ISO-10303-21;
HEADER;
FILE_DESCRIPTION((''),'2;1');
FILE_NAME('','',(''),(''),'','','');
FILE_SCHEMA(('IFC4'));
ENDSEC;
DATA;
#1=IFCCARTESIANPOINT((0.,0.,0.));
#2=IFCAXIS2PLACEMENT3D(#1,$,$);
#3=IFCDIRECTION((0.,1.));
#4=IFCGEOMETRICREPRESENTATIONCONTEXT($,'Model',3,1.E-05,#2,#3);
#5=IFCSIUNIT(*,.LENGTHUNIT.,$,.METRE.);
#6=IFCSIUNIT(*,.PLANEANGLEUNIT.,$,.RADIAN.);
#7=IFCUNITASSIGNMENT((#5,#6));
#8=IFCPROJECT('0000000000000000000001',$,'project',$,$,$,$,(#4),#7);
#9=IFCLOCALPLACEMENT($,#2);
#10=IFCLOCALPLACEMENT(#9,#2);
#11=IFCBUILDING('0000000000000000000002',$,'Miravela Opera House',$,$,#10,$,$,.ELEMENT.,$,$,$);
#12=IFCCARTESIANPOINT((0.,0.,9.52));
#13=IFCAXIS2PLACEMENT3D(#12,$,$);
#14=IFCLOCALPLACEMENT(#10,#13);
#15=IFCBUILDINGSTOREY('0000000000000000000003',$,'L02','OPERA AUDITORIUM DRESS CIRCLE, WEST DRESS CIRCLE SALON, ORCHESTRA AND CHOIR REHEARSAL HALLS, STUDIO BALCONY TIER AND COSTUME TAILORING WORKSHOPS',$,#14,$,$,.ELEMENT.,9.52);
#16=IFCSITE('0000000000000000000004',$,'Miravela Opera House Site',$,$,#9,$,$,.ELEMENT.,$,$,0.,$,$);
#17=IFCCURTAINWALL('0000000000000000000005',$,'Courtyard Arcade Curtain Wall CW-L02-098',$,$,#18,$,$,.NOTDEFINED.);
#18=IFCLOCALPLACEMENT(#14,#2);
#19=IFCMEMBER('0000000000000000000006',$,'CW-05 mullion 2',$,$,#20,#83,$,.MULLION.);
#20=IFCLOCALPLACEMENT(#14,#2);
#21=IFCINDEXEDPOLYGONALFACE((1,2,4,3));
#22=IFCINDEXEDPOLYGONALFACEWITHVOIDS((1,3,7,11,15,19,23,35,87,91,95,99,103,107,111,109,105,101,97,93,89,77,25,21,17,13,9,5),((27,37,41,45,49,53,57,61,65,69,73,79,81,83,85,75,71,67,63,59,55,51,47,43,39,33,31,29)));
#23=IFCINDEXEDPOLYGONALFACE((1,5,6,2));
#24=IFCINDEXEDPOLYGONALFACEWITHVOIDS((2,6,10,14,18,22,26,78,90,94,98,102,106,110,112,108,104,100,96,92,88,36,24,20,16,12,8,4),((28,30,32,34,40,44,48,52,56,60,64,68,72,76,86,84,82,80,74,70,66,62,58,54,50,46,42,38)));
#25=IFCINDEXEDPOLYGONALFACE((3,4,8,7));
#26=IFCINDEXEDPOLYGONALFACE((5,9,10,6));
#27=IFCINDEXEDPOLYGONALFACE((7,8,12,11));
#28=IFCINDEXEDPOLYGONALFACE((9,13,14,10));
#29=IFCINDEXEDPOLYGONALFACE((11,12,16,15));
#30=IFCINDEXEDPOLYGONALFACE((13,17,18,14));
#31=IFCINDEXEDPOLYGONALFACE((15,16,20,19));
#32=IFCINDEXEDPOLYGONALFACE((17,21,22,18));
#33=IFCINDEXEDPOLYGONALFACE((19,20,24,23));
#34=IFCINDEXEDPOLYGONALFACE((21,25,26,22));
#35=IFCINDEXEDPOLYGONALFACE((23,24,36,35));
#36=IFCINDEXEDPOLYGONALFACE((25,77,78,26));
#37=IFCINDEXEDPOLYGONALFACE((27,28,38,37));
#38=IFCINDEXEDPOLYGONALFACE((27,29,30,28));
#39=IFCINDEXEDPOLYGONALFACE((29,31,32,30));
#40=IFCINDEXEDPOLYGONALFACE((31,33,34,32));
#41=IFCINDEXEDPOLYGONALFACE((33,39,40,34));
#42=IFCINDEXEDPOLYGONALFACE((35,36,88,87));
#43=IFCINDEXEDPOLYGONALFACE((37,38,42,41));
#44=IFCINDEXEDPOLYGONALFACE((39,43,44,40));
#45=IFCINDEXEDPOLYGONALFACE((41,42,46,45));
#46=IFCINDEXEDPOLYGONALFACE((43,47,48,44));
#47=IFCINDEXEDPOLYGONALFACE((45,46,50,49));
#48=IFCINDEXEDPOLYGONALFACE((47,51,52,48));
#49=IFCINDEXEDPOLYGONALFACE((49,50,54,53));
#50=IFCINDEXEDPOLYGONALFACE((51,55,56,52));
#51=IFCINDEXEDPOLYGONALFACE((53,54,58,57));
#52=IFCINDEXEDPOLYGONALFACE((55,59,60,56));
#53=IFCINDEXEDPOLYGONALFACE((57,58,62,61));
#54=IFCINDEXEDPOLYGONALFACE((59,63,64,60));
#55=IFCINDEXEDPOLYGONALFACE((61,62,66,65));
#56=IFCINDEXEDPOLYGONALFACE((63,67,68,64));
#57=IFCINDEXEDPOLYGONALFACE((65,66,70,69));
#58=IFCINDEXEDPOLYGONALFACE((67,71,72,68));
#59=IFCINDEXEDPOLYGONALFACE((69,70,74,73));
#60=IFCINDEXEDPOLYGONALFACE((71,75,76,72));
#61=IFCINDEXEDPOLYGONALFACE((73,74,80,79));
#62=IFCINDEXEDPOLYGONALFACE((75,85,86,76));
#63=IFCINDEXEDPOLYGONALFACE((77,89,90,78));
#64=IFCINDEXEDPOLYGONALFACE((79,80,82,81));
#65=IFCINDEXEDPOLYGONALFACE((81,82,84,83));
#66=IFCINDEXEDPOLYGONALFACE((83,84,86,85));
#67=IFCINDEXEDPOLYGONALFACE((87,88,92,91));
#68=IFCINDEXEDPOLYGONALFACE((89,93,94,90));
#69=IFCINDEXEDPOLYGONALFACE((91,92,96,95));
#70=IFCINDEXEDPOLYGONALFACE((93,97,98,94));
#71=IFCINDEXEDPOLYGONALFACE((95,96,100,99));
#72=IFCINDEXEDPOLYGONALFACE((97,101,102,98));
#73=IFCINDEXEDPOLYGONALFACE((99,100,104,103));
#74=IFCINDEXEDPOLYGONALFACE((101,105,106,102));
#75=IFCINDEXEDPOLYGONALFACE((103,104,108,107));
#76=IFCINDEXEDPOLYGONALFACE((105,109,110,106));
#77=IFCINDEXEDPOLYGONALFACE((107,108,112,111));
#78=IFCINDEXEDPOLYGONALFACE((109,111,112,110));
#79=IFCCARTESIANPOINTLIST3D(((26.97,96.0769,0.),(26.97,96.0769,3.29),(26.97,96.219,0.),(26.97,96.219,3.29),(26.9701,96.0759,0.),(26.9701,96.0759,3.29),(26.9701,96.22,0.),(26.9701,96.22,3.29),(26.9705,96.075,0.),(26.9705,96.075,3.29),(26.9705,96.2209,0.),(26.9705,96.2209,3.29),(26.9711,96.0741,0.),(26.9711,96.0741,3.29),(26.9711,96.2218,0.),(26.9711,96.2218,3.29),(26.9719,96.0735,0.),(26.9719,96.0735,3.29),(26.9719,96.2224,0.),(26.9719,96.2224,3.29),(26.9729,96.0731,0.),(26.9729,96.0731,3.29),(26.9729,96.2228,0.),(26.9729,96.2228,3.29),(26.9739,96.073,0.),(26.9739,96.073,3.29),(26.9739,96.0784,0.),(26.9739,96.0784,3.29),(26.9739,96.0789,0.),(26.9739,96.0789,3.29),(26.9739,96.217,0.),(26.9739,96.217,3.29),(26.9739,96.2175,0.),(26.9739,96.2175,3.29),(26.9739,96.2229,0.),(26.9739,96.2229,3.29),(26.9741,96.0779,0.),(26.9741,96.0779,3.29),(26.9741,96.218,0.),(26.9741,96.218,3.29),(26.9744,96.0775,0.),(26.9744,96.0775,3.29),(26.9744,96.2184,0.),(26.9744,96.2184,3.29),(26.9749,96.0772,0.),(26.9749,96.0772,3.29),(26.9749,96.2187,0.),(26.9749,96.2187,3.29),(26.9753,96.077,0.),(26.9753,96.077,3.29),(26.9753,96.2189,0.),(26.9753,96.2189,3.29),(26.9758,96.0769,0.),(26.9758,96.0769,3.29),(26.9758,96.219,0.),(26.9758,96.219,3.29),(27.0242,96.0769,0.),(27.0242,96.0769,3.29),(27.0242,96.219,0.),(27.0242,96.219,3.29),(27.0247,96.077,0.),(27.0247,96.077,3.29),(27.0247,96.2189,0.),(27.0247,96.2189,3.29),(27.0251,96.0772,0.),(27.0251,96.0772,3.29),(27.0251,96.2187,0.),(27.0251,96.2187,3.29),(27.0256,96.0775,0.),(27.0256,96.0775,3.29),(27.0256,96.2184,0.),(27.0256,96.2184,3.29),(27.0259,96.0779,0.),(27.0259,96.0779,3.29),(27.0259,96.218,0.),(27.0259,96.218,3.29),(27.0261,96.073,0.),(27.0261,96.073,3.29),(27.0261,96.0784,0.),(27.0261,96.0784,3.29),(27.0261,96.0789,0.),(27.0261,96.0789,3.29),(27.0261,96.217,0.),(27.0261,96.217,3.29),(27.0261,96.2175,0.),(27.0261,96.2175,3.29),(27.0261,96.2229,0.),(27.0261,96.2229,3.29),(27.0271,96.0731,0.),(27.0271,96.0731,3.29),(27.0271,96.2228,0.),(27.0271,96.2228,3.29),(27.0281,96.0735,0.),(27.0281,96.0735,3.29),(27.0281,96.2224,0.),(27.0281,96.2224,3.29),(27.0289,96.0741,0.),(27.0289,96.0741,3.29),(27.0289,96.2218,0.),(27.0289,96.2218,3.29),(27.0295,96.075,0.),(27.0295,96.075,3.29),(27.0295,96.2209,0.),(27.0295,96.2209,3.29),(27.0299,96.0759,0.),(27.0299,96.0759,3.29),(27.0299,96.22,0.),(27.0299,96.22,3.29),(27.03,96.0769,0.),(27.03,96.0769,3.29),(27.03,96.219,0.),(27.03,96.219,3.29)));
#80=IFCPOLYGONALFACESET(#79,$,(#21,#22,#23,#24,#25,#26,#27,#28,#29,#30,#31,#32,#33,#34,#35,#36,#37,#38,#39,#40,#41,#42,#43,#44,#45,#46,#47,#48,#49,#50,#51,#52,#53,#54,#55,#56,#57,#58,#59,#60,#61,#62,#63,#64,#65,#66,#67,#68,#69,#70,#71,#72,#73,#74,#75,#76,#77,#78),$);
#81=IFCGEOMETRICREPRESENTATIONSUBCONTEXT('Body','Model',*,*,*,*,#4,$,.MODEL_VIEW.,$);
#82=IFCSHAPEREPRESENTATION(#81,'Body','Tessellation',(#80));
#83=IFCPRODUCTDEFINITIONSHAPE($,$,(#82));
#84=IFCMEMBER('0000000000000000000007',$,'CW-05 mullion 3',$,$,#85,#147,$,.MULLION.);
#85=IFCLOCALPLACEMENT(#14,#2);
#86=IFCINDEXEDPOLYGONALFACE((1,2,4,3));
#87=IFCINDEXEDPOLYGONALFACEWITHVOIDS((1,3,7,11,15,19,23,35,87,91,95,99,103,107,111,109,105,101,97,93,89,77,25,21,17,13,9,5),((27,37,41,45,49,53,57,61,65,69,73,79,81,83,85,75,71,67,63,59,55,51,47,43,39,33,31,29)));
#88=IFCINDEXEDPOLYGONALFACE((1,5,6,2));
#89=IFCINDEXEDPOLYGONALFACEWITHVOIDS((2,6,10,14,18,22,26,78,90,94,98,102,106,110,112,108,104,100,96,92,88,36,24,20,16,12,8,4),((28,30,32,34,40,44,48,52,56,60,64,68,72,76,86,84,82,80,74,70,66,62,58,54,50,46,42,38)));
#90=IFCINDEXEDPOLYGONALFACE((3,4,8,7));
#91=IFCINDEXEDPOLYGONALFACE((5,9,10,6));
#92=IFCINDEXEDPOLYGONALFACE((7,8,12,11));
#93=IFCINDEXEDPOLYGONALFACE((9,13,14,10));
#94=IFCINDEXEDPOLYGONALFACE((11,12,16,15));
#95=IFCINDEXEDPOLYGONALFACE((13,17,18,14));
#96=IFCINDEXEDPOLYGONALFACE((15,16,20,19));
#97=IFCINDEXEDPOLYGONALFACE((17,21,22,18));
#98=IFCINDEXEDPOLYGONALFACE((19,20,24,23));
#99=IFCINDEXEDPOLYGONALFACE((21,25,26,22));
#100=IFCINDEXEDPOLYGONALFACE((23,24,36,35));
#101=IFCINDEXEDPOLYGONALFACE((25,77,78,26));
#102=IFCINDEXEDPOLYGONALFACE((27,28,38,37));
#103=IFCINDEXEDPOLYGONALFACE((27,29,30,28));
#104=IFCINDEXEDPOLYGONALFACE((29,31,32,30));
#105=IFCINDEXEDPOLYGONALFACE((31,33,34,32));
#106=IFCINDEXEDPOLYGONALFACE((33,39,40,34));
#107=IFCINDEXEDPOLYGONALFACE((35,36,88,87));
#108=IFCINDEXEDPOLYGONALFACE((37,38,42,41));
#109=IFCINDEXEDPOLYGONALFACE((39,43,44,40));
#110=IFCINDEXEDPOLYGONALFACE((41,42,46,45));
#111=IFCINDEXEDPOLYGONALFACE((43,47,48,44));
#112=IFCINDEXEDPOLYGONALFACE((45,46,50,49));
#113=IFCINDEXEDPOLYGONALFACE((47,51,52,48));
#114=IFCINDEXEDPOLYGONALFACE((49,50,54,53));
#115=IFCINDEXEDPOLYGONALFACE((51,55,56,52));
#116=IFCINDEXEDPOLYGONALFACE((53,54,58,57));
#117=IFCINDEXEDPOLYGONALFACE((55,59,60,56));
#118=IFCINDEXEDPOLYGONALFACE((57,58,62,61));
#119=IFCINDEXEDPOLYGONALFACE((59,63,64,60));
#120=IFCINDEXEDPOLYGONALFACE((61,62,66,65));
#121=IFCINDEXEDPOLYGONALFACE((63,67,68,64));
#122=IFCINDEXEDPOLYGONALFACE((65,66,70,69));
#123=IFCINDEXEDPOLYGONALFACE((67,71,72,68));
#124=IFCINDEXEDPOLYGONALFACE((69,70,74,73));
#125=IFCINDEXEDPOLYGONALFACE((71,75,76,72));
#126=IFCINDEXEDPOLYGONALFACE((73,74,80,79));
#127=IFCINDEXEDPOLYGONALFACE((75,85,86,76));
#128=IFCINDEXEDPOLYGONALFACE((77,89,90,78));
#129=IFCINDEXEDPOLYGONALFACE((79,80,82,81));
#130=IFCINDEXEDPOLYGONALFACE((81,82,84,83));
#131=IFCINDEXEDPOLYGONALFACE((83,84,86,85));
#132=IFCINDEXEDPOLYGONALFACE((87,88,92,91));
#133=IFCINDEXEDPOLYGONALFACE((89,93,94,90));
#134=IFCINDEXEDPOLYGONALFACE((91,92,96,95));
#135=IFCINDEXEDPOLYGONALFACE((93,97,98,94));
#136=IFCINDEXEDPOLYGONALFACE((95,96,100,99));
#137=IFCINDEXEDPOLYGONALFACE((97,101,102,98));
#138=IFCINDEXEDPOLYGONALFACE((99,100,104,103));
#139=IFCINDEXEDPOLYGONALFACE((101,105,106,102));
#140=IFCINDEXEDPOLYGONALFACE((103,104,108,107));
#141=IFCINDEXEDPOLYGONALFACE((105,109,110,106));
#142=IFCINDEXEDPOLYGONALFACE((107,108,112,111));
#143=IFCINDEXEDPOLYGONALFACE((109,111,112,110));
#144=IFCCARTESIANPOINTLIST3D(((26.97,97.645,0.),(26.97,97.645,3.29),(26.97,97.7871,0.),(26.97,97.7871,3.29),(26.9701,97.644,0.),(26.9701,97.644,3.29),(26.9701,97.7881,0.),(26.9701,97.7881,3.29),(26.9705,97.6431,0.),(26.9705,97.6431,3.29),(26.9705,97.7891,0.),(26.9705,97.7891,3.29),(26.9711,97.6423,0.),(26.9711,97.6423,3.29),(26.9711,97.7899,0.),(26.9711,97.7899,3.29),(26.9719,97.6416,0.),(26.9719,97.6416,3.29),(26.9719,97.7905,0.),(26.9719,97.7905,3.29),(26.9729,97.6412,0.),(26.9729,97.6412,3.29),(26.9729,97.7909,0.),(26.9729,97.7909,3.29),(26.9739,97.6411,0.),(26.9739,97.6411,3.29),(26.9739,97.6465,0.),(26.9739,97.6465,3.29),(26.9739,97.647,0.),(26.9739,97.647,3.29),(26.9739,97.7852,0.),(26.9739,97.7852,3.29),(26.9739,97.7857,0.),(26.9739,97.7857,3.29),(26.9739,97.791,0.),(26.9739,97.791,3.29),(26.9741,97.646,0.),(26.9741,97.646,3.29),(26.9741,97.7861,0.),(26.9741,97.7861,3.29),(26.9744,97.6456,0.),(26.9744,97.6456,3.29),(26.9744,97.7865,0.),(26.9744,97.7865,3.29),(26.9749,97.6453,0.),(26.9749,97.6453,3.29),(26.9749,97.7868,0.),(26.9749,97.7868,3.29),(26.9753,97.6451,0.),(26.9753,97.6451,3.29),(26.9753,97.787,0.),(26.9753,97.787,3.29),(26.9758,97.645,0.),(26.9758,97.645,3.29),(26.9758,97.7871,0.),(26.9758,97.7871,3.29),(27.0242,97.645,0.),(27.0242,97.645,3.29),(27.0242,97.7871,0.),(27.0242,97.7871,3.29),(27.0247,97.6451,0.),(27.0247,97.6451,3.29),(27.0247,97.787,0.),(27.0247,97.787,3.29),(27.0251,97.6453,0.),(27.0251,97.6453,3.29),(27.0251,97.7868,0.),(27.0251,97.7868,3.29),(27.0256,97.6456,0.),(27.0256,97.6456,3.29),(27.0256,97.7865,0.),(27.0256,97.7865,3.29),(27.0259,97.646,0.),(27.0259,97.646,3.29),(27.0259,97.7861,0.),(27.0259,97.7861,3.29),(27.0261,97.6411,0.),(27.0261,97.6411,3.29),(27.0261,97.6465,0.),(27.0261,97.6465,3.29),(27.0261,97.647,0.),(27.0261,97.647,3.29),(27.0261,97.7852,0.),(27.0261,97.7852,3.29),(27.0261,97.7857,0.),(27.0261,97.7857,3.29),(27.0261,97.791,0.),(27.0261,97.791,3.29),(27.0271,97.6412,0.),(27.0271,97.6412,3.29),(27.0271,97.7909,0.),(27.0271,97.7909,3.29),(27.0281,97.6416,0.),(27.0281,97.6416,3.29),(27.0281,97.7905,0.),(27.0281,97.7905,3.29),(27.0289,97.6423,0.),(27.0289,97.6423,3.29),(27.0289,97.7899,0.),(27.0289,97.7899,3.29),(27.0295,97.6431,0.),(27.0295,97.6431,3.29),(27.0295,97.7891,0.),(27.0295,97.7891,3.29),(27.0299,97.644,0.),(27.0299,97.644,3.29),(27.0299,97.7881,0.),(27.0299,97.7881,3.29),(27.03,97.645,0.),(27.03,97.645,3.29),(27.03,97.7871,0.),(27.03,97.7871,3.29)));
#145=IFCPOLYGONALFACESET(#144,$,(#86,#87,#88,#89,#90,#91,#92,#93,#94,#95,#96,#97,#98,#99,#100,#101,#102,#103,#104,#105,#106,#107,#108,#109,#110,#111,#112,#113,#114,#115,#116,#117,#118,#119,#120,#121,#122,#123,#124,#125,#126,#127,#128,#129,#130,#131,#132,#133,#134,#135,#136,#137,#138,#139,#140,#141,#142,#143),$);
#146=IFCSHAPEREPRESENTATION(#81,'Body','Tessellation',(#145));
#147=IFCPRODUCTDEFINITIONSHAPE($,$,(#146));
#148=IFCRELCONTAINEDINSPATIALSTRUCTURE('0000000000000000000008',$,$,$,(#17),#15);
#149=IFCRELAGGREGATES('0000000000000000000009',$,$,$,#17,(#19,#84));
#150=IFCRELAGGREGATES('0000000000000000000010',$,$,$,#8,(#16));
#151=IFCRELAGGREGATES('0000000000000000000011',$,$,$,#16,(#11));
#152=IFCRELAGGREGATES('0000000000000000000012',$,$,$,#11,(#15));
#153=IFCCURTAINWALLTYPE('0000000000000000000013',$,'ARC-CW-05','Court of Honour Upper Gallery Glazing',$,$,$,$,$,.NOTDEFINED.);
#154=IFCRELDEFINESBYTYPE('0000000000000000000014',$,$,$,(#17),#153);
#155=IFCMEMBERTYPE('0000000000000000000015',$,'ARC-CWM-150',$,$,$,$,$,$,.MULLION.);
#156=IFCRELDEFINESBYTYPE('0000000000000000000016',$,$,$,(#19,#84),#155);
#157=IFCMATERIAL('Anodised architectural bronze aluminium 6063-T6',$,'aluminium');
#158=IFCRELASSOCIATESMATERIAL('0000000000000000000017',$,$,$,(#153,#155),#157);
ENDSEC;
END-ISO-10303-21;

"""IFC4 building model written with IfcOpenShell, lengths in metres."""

from ifc_helpers import new_model, si_unit, direction, frame, origin, origin_2d, place, context, subcontext, project, spatial, hollow_rectangle, extrude, material, material_profile, profile_set, type_object, element, aggregate, save


model = new_model("IFC4")

# Units and contexts
model_context = context("Model", 3, precision=1e-05, world=origin(), true_north=direction((0.0, 1.0)))
body_context = subcontext(model_context, "Body", "Model", "MODEL_VIEW")
ifc_project = project(units=[si_unit("LENGTHUNIT", "METRE"), si_unit("PLANEANGLEUNIT", "RADIAN")], contexts=[model_context])

# Site, building, storey
site_placement = place(None, origin())
site = spatial("IfcSite", under=ifc_project, at=site_placement, Name="Miravela Opera House Site", CompositionType="ELEMENT", RefElevation=0.0)
building_placement = place(site_placement, origin())
building = spatial("IfcBuilding", under=site, at=building_placement, Name="Miravela Opera House", CompositionType="ELEMENT")
storey_placement = place(building_placement, frame((0.0, 0.0, 9.52)))
storey = spatial("IfcBuildingStorey", under=building, at=storey_placement, Name="L02", Description="OPERA AUDITORIUM DRESS CIRCLE, WEST DRESS CIRCLE SALON, ORCHESTRA AND CHOIR REHEARSAL HALLS, STUDIO BALCONY TIER AND COSTUME TAILORING WORKSHOPS", CompositionType="ELEMENT", Elevation=9.52)

# Curtain wall, members
ifc_material_1 = material(Name="Anodised architectural bronze aluminium 6063-T6", Category="aluminium")
curtain_wall_type = type_object("IfcCurtainWallType", Name="ARC-CW-05", Description="Court of Honour Upper Gallery Glazing", PredefinedType="NOTDEFINED", material=ifc_material_1)
curtain_wall_placement = place(storey_placement, origin())
curtain_wall = element("IfcCurtainWall", 1, at=curtain_wall_placement, inside=storey, type_object=curtain_wall_type, Name="Courtyard Arcade Curtain Wall CW-L02-098", PredefinedType="NOTDEFINED")
ifc_material_profile_1 = material_profile(ifc_material_1, hollow_rectangle(XDim=0.0601, YDim=0.1499, WallThickness=0.0039, InnerFilletRadius=0.002, OuterFilletRadius=0.0039, at=origin_2d()), Name="CWM-60X150")
ifc_profile_set_1 = profile_set([ifc_material_profile_1])
member_type_1 = type_object("IfcMemberType", Name="ARC-CWM-150", PredefinedType="MULLION", material=ifc_profile_set_1)
member_1_placement = place(storey_placement, frame((27.0, 96.1479, 0.0), z_axis=(0.0, 0.0, 1.0), x_axis=(-1.0, 0.0, 0.0)))
member_1 = element("IfcMember", 2, at=member_1_placement, type_object=member_type_1, Name="CW-05 mullion 2", PredefinedType="MULLION", context=body_context, shape_type="SweptSolid", body=[
    extrude(hollow_rectangle(XDim=0.0601, YDim=0.1499, WallThickness=0.0039, InnerFilletRadius=0.002, OuterFilletRadius=0.0039, at=origin_2d()), origin(), (0.0, 0.0, 1.0), 3.29),
])
member_2_placement = place(storey_placement, frame((27.0, 97.7161, 0.0), z_axis=(0.0, 0.0, 1.0), x_axis=(-1.0, 0.0, 0.0)))
member_2 = element("IfcMember", 3, at=member_2_placement, type_object=member_type_1, Name="CW-05 mullion 3", PredefinedType="MULLION", context=body_context, shape_type="SweptSolid", body=[
    extrude(hollow_rectangle(XDim=0.0601, YDim=0.1499, WallThickness=0.0039, InnerFilletRadius=0.002, OuterFilletRadius=0.0039, at=origin_2d()), origin(), (0.0, 0.0, 1.0), 3.29),
])
aggregate(curtain_wall, [member_1, member_2])

save(model, "model.ifc")
